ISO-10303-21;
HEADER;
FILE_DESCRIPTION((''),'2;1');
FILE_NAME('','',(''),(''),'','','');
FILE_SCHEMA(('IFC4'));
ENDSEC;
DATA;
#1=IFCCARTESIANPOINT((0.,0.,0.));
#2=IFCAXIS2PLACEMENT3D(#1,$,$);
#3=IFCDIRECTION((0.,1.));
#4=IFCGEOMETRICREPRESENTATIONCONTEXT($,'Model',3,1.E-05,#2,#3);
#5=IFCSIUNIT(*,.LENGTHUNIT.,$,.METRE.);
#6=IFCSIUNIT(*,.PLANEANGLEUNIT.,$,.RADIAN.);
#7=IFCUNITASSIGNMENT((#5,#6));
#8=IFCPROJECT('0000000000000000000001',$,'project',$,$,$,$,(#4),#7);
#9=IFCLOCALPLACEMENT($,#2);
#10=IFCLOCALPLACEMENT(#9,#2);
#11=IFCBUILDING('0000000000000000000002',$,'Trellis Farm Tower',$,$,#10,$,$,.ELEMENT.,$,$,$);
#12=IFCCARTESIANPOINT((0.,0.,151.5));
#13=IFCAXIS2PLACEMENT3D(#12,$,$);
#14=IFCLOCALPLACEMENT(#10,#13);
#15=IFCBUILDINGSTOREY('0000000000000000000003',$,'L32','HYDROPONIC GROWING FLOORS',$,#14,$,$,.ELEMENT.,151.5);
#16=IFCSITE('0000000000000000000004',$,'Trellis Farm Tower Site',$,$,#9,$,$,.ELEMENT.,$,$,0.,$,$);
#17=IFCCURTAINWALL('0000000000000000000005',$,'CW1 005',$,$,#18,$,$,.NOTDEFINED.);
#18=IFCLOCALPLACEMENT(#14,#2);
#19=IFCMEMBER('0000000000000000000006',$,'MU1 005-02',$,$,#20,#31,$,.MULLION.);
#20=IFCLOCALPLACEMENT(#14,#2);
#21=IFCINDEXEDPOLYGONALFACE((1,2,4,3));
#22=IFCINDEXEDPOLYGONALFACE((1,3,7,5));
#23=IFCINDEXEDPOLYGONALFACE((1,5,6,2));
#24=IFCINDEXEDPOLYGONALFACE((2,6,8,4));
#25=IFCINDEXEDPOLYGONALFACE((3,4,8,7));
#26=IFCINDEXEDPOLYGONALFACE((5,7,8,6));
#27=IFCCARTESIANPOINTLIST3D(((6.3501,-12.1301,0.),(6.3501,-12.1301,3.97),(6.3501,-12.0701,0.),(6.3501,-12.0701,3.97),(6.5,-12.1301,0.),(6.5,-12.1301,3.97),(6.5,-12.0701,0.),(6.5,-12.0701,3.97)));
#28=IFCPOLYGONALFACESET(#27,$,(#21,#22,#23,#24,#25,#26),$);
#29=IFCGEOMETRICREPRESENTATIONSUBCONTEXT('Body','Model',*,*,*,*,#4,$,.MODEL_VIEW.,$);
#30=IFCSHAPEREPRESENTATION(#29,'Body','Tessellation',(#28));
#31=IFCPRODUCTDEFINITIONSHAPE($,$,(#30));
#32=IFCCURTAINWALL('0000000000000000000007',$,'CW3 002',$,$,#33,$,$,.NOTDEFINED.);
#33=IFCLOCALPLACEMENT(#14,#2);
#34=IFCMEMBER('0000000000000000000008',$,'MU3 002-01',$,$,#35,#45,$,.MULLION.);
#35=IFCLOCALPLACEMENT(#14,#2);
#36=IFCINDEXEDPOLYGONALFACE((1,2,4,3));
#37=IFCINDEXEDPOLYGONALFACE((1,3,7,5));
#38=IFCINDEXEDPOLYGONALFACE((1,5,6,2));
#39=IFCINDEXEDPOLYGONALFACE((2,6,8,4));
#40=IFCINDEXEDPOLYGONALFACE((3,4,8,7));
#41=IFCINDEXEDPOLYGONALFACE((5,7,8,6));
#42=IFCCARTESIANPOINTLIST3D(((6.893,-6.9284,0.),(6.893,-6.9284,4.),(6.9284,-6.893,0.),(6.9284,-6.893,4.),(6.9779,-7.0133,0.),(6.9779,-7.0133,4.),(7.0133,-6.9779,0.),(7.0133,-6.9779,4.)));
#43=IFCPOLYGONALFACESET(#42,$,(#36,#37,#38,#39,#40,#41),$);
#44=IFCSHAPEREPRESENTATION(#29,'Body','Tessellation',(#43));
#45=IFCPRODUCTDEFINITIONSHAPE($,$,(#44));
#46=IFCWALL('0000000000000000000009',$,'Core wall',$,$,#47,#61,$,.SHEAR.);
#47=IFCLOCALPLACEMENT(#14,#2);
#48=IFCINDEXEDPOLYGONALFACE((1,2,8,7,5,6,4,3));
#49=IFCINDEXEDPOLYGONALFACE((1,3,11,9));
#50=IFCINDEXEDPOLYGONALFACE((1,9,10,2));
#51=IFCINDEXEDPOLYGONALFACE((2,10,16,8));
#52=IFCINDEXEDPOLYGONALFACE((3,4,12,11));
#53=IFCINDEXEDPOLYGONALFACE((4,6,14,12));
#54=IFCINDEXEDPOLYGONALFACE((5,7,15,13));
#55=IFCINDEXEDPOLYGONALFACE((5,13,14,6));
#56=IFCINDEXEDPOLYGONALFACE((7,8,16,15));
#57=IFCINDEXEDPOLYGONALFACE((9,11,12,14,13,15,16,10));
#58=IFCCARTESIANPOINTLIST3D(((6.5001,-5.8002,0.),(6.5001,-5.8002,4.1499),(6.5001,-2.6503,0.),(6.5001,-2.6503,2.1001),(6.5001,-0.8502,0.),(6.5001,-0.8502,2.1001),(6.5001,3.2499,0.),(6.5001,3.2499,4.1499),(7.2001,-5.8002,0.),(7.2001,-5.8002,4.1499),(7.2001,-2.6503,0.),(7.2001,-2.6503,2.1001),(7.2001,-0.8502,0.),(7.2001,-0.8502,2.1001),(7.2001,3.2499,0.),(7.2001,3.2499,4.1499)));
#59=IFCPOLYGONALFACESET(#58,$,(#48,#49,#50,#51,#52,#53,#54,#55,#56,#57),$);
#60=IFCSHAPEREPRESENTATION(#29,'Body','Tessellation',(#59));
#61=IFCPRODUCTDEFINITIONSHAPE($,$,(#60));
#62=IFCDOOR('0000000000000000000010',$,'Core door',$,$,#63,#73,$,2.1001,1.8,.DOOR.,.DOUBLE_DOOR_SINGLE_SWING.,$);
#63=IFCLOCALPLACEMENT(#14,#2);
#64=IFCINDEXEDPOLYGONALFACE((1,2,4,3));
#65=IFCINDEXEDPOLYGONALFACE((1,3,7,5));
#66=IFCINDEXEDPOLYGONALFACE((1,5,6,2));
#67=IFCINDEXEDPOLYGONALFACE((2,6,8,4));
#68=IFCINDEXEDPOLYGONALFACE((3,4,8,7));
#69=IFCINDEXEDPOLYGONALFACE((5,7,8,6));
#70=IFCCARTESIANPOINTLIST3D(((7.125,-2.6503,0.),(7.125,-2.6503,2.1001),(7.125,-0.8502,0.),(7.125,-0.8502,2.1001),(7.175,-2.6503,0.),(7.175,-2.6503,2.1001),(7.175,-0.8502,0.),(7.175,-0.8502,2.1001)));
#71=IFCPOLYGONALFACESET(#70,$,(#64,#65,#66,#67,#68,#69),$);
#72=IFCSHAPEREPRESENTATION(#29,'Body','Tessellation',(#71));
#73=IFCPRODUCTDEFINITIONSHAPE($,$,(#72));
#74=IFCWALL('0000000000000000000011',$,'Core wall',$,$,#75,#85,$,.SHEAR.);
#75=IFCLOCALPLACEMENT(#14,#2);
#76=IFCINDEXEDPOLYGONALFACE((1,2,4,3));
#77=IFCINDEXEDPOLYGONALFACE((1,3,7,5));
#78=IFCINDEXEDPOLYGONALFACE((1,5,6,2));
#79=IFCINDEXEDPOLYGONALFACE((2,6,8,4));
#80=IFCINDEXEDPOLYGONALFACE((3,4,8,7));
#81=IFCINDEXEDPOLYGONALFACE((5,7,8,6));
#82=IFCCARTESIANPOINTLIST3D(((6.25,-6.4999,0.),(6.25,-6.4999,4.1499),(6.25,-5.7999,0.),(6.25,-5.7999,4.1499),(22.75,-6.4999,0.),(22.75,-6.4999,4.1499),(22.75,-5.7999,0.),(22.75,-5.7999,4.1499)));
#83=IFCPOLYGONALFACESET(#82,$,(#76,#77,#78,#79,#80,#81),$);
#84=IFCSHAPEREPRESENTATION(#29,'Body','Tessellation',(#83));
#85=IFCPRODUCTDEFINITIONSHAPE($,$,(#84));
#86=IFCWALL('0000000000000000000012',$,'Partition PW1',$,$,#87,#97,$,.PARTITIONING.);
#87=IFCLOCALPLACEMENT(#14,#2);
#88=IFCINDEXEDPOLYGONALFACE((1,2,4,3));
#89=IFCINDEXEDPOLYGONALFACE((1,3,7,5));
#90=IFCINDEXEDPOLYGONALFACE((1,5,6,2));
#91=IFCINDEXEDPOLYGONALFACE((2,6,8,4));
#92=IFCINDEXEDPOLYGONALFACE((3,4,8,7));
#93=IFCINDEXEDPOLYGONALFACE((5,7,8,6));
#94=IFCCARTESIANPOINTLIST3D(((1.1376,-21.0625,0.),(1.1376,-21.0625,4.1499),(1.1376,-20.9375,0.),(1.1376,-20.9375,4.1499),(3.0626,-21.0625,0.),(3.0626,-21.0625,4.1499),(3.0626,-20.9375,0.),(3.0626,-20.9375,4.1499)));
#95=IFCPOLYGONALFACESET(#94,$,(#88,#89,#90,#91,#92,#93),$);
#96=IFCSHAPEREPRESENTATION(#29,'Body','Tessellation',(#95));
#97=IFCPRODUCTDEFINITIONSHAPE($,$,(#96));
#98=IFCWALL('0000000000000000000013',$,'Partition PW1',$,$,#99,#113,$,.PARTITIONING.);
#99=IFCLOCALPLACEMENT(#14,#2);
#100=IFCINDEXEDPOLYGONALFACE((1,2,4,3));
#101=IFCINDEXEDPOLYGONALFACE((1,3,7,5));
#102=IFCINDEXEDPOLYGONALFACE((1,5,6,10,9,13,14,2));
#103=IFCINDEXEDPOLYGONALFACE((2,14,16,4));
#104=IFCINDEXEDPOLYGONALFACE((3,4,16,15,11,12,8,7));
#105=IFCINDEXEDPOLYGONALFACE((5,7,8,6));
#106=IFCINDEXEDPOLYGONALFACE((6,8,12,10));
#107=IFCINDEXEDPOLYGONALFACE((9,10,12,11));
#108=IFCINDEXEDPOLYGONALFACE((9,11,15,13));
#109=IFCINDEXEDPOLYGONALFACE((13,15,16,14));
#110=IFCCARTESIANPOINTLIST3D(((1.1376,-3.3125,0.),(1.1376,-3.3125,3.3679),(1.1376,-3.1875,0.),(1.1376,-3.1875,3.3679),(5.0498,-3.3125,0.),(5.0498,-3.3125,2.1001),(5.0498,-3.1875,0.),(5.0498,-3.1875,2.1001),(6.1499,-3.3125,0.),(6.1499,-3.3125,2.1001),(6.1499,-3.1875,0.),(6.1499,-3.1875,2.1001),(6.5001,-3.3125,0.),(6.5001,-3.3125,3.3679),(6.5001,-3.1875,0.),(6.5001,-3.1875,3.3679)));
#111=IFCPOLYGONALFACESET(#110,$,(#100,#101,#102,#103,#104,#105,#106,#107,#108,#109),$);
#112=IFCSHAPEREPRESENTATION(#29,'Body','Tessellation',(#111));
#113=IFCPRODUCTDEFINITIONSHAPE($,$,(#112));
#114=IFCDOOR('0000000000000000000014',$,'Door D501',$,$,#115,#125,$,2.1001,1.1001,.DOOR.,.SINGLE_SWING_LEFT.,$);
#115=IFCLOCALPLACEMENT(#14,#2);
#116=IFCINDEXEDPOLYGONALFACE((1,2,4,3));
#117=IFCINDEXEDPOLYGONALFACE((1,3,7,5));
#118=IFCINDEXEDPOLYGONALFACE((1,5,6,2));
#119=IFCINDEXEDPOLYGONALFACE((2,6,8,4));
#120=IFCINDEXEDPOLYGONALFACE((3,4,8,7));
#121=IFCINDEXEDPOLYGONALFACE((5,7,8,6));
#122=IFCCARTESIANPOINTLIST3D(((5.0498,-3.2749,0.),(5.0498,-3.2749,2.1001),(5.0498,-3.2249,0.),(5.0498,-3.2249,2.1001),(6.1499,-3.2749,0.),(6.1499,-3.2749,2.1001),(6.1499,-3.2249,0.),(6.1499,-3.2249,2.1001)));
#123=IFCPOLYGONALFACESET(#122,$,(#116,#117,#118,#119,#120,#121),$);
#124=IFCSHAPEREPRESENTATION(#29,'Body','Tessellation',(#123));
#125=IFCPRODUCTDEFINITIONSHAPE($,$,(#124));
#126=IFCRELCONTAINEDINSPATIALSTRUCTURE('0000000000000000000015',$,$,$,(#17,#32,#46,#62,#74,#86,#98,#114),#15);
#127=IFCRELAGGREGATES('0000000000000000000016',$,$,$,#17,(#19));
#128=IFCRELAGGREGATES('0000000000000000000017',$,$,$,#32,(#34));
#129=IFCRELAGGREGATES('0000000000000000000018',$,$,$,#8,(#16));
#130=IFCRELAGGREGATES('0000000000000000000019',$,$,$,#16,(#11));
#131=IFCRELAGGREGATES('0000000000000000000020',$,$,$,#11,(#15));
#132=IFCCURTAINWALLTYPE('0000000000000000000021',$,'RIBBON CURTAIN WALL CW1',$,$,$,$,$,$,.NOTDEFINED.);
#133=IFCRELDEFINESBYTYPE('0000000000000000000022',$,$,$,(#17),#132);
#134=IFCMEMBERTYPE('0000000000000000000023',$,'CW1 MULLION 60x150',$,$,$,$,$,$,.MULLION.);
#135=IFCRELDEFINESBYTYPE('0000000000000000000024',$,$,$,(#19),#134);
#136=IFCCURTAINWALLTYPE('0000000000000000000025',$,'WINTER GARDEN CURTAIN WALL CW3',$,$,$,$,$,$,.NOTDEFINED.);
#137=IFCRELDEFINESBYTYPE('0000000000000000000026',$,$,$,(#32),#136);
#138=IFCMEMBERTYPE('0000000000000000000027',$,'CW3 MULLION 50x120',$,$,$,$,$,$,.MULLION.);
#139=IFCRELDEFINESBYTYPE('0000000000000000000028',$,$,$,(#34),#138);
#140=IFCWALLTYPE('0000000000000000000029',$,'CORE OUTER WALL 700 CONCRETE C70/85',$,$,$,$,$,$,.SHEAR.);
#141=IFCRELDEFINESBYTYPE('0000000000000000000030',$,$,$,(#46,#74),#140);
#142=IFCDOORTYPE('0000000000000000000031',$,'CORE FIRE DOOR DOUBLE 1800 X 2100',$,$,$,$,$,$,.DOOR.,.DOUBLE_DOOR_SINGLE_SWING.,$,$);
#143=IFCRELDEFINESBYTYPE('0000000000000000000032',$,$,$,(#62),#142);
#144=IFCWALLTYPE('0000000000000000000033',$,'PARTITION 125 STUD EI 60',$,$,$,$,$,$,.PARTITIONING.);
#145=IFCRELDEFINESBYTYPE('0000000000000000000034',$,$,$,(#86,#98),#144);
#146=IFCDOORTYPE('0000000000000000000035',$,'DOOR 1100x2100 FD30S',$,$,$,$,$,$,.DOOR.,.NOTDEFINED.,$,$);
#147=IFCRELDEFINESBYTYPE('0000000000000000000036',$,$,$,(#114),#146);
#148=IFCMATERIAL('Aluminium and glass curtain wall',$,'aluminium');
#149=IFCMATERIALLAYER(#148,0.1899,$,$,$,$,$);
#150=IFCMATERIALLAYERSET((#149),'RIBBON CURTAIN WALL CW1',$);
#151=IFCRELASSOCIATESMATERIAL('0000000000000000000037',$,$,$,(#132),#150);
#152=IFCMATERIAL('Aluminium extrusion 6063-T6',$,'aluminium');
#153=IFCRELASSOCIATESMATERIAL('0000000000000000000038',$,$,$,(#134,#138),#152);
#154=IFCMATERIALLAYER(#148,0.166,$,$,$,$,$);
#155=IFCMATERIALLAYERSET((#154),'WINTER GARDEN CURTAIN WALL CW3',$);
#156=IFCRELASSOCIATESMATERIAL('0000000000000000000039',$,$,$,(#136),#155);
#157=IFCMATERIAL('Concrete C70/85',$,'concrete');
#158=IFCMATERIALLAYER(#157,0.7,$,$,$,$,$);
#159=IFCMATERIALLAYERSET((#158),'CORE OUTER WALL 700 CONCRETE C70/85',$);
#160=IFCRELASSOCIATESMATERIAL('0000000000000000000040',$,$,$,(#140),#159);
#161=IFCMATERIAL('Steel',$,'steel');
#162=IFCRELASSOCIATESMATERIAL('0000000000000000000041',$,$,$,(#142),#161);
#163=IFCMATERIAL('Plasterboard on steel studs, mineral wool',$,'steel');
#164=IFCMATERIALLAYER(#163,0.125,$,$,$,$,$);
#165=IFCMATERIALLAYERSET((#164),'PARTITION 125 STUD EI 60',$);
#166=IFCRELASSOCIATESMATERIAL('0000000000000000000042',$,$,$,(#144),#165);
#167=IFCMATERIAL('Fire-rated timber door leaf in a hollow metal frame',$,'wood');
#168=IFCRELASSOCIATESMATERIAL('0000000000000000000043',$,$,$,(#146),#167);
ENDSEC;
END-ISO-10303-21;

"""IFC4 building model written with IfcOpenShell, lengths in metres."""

from ifc_helpers import new_model, si_unit, direction, frame, frame_2d, origin, origin_2d, place, context, subcontext, project, spatial, rectangle, extrude, source, transform, mapped, material, layer, layer_set, material_profile, profile_set, type_object, element, fill, aggregate, save


model = new_model("IFC4")

# Units and contexts
model_context = context("Model", 3, precision=1e-05, world=origin(), true_north=direction((0.0, 1.0)))
body_context = subcontext(model_context, "Body", "Model", "MODEL_VIEW")
ifc_project = project(units=[si_unit("LENGTHUNIT", "METRE"), si_unit("PLANEANGLEUNIT", "RADIAN")], contexts=[model_context])

# Site, building, storey
site_placement = place(None, origin())
site = spatial("IfcSite", under=ifc_project, at=site_placement, Name="Trellis Farm Tower Site", CompositionType="ELEMENT", RefElevation=0.0)
building_placement = place(site_placement, origin())
building = spatial("IfcBuilding", under=site, at=building_placement, Name="Trellis Farm Tower", CompositionType="ELEMENT")
storey_placement = place(building_placement, frame((0.0, 0.0, 151.5)))
storey = spatial("IfcBuildingStorey", under=building, at=storey_placement, Name="L32", Description="HYDROPONIC GROWING FLOORS", CompositionType="ELEMENT", Elevation=151.5)

# Shared definitions
ifc_material_1 = material(Name="Aluminium and glass curtain wall", Category="aluminium")
ifc_layer_1 = layer(ifc_material_1, 0.1899)
ifc_layer_set_1 = layer_set([ifc_layer_1], Name="RIBBON CURTAIN WALL CW1")
curtain_wall_type_1 = type_object("IfcCurtainWallType", Name="RIBBON CURTAIN WALL CW1", PredefinedType="NOTDEFINED", material=ifc_layer_set_1)
placement = place(storey_placement, origin())
ifc_material_2 = material(Name="Aluminium extrusion 6063-T6", Category="aluminium")
ifc_material_profile_1 = material_profile(ifc_material_2, rectangle(XDim=0.0601, YDim=0.1499, at=origin_2d()), Name="MULLION 60x150")
ifc_profile_set_1 = profile_set([ifc_material_profile_1], Name="Aluminium extrusion 6063-T6")
member_type_1 = type_object("IfcMemberType", Name="CW1 MULLION 60x150", PredefinedType="MULLION", material=ifc_profile_set_1)
shared_shape_1 = source(origin(), body_context, "Body", "SweptSolid", [
    extrude(rectangle(XDim=0.0601, YDim=0.1499, at=origin_2d()), origin(), (0.0, 0.0, 1.0), 3.97),
])

# Curtain wall, member
curtain_wall_1 = element("IfcCurtainWall", 1, at=placement, inside=storey, type_object=curtain_wall_type_1, Name="CW1 005", PredefinedType="NOTDEFINED")
member_1_placement = place(storey_placement, frame((6.425, -12.1001, 0.0), z_axis=(0.0, 0.0, 1.0), x_axis=(0.0, 1.0, 0.0)))
member_1 = element("IfcMember", 2, at=member_1_placement, type_object=member_type_1, Name="MU1 005-02", PredefinedType="MULLION", context=body_context, shape_type="MappedRepresentation", body=[
    mapped(shared_shape_1, transform((0.0, 0.0, 0.0))),
])
aggregate(curtain_wall_1, [member_1])

# Curtain wall, member
ifc_layer_2 = layer(ifc_material_1, 0.166)
ifc_layer_set_2 = layer_set([ifc_layer_2], Name="WINTER GARDEN CURTAIN WALL CW3")
curtain_wall_type_2 = type_object("IfcCurtainWallType", Name="WINTER GARDEN CURTAIN WALL CW3", PredefinedType="NOTDEFINED", material=ifc_layer_set_2)
curtain_wall_2 = element("IfcCurtainWall", 3, at=placement, inside=storey, type_object=curtain_wall_type_2, Name="CW3 002", PredefinedType="NOTDEFINED")
ifc_material_profile_2 = material_profile(ifc_material_2, rectangle(XDim=0.05, YDim=0.1201, at=origin_2d()), Name="MULLION 50x120")
ifc_profile_set_2 = profile_set([ifc_material_profile_2], Name="Aluminium extrusion 6063-T6")
member_type_2 = type_object("IfcMemberType", Name="CW3 MULLION 50x120", PredefinedType="MULLION", material=ifc_profile_set_2)
shared_shape_2 = source(origin(), body_context, "Body", "SweptSolid", [
    extrude(rectangle(XDim=0.05, YDim=0.1201, at=origin_2d()), origin(), (0.0, 0.0, 1.0), 4.0),
])
member_2_placement = place(storey_placement, frame((6.9531, -6.9531, 0.0), z_axis=(0.0, 0.0, 1.0), x_axis=(0.707107, 0.707107, 0.0)))
member_2 = element("IfcMember", 4, at=member_2_placement, type_object=member_type_2, Name="MU3 002-01", PredefinedType="MULLION", context=body_context, shape_type="MappedRepresentation", body=[
    mapped(shared_shape_2, transform((0.0, 0.0, 0.0))),
])
aggregate(curtain_wall_2, [member_2])

# Wall, opening, door
ifc_material_3 = material(Name="Concrete C70/85", Category="concrete")
ifc_layer_3 = layer(ifc_material_3, 0.7)
ifc_layer_set_3 = layer_set([ifc_layer_3], Name="CORE OUTER WALL 700 CONCRETE C70/85")
wall_type_1 = type_object("IfcWallType", Name="CORE OUTER WALL 700 CONCRETE C70/85", PredefinedType="SHEAR", material=ifc_layer_set_3)
shared_shape_3 = source(origin(), body_context, "Body", "SweptSolid", [
    extrude(rectangle(XDim=9.05, YDim=0.7, at=frame_2d((4.5249, 0.0))), origin(), (0.0, 0.0, 1.0), 4.1499),
])
wall_1_placement = place(storey_placement, frame((6.8501, -5.8, 0.0), z_axis=(0.0, 0.0, 1.0), x_axis=(0.0, 1.0, 0.0)))
wall_1 = element("IfcWall", 5, at=wall_1_placement, inside=storey, type_object=wall_type_1, Name="Core wall", PredefinedType="SHEAR", context=body_context, shape_type="MappedRepresentation", body=[
    mapped(shared_shape_3, transform((0.0, 0.0, 0.0))),
])
shared_shape_4 = source(origin(), body_context, "Body", "SweptSolid", [
    extrude(rectangle(XDim=1.8, YDim=2.1001, at=frame_2d((0.8999, 1.05))), frame((0.0, 0.3601, 0.0), z_axis=(0.0, -1.0, 0.0), x_axis=(1.0, 0.0, 0.0)), (0.0, 0.0, 1.0), 0.7202),
])
opening_1_placement = place(wall_1_placement, frame((3.1499, 0.0, 0.0)))
opening_1 = element("IfcOpeningElement", 6, at=opening_1_placement, cuts=wall_1, PredefinedType="OPENING", context=body_context, shape_type="MappedRepresentation", body=[
    mapped(shared_shape_4, transform((0.0, 0.0, 0.0))),
])
ifc_material_4 = material(Name="Steel", Category="steel")
door_type_1 = type_object("IfcDoorType", Name="CORE FIRE DOOR DOUBLE 1800 X 2100", OperationType="DOUBLE_DOOR_SINGLE_SWING", PredefinedType="DOOR", material=ifc_material_4)
shared_shape_5 = source(origin(), body_context, "Body", "SweptSolid", [
    extrude(rectangle(XDim=1.8, YDim=2.1001, at=frame_2d((0.8999, 1.05))), frame((0.0, -0.2749, 0.0), z_axis=(0.0, -1.0, 0.0), x_axis=(1.0, 0.0, 0.0)), (0.0, 0.0, 1.0), 0.05),
])
door_1_placement = place(opening_1_placement, origin())
door_1 = element("IfcDoor", 7, at=door_1_placement, inside=storey, type_object=door_type_1, Name="Core door", OperationType="DOUBLE_DOOR_SINGLE_SWING", OverallHeight=2.1001, OverallWidth=1.8, PredefinedType="DOOR", context=body_context, shape_type="MappedRepresentation", body=[
    mapped(shared_shape_5, transform((0.0, 0.0, 0.0))),
])
fill(opening_1, door_1)

# Wall
shared_shape_6 = source(origin(), body_context, "Body", "SweptSolid", [
    extrude(rectangle(XDim=16.5, YDim=0.7, at=frame_2d((8.25, 0.0))), origin(), (0.0, 0.0, 1.0), 4.1499),
])
wall_2_placement = place(storey_placement, frame((6.25, -6.1499, 0.0), z_axis=(0.0, 0.0, 1.0), x_axis=(1.0, 0.0, 0.0)))
element("IfcWall", 8, at=wall_2_placement, inside=storey, type_object=wall_type_1, Name="Core wall", PredefinedType="SHEAR", context=body_context, shape_type="MappedRepresentation", body=[
    mapped(shared_shape_6, transform((0.0, 0.0, 0.0))),
])

# Wall
ifc_material_5 = material(Name="Plasterboard on steel studs, mineral wool", Category="steel")
ifc_layer_4 = layer(ifc_material_5, 0.125)
ifc_layer_set_4 = layer_set([ifc_layer_4], Name="PARTITION 125 STUD EI 60")
wall_type_2 = type_object("IfcWallType", Name="PARTITION 125 STUD EI 60", PredefinedType="PARTITIONING", material=ifc_layer_set_4)
shared_shape_7 = source(origin(), body_context, "Body", "SweptSolid", [
    extrude(rectangle(XDim=1.925, YDim=0.125, at=frame_2d((0.9624, 0.0))), origin(), (0.0, 0.0, 1.0), 4.1499),
])
wall_3_placement = place(storey_placement, frame((3.0625, -21.0, 0.0), z_axis=(0.0, 0.0, 1.0), x_axis=(-1.0, 0.0, 0.0)))
element("IfcWall", 9, at=wall_3_placement, inside=storey, type_object=wall_type_2, Name="Partition PW1", PredefinedType="PARTITIONING", context=body_context, shape_type="MappedRepresentation", body=[
    mapped(shared_shape_7, transform((0.0, 0.0, 0.0))),
])

# Wall, opening, door
shared_shape_8 = source(origin(), body_context, "Body", "SweptSolid", [
    extrude(rectangle(XDim=5.3625, YDim=0.125, at=frame_2d((2.6812, 0.0))), origin(), (0.0, 0.0, 1.0), 3.3679),
])
wall_4_placement = place(storey_placement, frame((6.5, -3.25, 0.0), z_axis=(0.0, 0.0, 1.0), x_axis=(-1.0, 0.0, 0.0)))
wall_4 = element("IfcWall", 10, at=wall_4_placement, inside=storey, type_object=wall_type_2, Name="Partition PW1", PredefinedType="PARTITIONING", context=body_context, shape_type="MappedRepresentation", body=[
    mapped(shared_shape_8, transform((0.0, 0.0, 0.0))),
])
shared_shape_9 = source(origin(), body_context, "Body", "SweptSolid", [
    extrude(rectangle(XDim=1.1001, YDim=2.1001, at=frame_2d((0.55, 1.05))), frame((0.0, 0.0725, 0.0), z_axis=(0.0, -1.0, 0.0), x_axis=(1.0, 0.0, 0.0)), (0.0, 0.0, 1.0), 0.145),
])
opening_2_placement = place(wall_4_placement, frame((0.3501, 0.0, 0.0)))
opening_2 = element("IfcOpeningElement", 11, at=opening_2_placement, cuts=wall_4, PredefinedType="OPENING", context=body_context, shape_type="MappedRepresentation", body=[
    mapped(shared_shape_9, transform((0.0, 0.0, 0.0))),
])
ifc_material_6 = material(Name="Fire-rated timber door leaf in a hollow metal frame", Category="wood")
door_type_2 = type_object("IfcDoorType", Name="DOOR 1100x2100 FD30S", OperationType="NOTDEFINED", PredefinedType="DOOR", material=ifc_material_6)
shared_shape_10 = source(origin(), body_context, "Body", "SweptSolid", [
    extrude(rectangle(XDim=1.1001, YDim=2.1001, at=frame_2d((0.55, 1.05))), frame((0.0, 0.0249, 0.0), z_axis=(0.0, -1.0, 0.0), x_axis=(1.0, 0.0, 0.0)), (0.0, 0.0, 1.0), 0.05),
])
door_2_placement = place(opening_2_placement, origin())
door_2 = element("IfcDoor", 12, at=door_2_placement, inside=storey, type_object=door_type_2, Name="Door D501", OperationType="SINGLE_SWING_LEFT", OverallHeight=2.1001, OverallWidth=1.1001, PredefinedType="DOOR", context=body_context, shape_type="MappedRepresentation", body=[
    mapped(shared_shape_10, transform((0.0, 0.0, 0.0))),
])
fill(opening_2, door_2)

save(model, "model.ifc")
